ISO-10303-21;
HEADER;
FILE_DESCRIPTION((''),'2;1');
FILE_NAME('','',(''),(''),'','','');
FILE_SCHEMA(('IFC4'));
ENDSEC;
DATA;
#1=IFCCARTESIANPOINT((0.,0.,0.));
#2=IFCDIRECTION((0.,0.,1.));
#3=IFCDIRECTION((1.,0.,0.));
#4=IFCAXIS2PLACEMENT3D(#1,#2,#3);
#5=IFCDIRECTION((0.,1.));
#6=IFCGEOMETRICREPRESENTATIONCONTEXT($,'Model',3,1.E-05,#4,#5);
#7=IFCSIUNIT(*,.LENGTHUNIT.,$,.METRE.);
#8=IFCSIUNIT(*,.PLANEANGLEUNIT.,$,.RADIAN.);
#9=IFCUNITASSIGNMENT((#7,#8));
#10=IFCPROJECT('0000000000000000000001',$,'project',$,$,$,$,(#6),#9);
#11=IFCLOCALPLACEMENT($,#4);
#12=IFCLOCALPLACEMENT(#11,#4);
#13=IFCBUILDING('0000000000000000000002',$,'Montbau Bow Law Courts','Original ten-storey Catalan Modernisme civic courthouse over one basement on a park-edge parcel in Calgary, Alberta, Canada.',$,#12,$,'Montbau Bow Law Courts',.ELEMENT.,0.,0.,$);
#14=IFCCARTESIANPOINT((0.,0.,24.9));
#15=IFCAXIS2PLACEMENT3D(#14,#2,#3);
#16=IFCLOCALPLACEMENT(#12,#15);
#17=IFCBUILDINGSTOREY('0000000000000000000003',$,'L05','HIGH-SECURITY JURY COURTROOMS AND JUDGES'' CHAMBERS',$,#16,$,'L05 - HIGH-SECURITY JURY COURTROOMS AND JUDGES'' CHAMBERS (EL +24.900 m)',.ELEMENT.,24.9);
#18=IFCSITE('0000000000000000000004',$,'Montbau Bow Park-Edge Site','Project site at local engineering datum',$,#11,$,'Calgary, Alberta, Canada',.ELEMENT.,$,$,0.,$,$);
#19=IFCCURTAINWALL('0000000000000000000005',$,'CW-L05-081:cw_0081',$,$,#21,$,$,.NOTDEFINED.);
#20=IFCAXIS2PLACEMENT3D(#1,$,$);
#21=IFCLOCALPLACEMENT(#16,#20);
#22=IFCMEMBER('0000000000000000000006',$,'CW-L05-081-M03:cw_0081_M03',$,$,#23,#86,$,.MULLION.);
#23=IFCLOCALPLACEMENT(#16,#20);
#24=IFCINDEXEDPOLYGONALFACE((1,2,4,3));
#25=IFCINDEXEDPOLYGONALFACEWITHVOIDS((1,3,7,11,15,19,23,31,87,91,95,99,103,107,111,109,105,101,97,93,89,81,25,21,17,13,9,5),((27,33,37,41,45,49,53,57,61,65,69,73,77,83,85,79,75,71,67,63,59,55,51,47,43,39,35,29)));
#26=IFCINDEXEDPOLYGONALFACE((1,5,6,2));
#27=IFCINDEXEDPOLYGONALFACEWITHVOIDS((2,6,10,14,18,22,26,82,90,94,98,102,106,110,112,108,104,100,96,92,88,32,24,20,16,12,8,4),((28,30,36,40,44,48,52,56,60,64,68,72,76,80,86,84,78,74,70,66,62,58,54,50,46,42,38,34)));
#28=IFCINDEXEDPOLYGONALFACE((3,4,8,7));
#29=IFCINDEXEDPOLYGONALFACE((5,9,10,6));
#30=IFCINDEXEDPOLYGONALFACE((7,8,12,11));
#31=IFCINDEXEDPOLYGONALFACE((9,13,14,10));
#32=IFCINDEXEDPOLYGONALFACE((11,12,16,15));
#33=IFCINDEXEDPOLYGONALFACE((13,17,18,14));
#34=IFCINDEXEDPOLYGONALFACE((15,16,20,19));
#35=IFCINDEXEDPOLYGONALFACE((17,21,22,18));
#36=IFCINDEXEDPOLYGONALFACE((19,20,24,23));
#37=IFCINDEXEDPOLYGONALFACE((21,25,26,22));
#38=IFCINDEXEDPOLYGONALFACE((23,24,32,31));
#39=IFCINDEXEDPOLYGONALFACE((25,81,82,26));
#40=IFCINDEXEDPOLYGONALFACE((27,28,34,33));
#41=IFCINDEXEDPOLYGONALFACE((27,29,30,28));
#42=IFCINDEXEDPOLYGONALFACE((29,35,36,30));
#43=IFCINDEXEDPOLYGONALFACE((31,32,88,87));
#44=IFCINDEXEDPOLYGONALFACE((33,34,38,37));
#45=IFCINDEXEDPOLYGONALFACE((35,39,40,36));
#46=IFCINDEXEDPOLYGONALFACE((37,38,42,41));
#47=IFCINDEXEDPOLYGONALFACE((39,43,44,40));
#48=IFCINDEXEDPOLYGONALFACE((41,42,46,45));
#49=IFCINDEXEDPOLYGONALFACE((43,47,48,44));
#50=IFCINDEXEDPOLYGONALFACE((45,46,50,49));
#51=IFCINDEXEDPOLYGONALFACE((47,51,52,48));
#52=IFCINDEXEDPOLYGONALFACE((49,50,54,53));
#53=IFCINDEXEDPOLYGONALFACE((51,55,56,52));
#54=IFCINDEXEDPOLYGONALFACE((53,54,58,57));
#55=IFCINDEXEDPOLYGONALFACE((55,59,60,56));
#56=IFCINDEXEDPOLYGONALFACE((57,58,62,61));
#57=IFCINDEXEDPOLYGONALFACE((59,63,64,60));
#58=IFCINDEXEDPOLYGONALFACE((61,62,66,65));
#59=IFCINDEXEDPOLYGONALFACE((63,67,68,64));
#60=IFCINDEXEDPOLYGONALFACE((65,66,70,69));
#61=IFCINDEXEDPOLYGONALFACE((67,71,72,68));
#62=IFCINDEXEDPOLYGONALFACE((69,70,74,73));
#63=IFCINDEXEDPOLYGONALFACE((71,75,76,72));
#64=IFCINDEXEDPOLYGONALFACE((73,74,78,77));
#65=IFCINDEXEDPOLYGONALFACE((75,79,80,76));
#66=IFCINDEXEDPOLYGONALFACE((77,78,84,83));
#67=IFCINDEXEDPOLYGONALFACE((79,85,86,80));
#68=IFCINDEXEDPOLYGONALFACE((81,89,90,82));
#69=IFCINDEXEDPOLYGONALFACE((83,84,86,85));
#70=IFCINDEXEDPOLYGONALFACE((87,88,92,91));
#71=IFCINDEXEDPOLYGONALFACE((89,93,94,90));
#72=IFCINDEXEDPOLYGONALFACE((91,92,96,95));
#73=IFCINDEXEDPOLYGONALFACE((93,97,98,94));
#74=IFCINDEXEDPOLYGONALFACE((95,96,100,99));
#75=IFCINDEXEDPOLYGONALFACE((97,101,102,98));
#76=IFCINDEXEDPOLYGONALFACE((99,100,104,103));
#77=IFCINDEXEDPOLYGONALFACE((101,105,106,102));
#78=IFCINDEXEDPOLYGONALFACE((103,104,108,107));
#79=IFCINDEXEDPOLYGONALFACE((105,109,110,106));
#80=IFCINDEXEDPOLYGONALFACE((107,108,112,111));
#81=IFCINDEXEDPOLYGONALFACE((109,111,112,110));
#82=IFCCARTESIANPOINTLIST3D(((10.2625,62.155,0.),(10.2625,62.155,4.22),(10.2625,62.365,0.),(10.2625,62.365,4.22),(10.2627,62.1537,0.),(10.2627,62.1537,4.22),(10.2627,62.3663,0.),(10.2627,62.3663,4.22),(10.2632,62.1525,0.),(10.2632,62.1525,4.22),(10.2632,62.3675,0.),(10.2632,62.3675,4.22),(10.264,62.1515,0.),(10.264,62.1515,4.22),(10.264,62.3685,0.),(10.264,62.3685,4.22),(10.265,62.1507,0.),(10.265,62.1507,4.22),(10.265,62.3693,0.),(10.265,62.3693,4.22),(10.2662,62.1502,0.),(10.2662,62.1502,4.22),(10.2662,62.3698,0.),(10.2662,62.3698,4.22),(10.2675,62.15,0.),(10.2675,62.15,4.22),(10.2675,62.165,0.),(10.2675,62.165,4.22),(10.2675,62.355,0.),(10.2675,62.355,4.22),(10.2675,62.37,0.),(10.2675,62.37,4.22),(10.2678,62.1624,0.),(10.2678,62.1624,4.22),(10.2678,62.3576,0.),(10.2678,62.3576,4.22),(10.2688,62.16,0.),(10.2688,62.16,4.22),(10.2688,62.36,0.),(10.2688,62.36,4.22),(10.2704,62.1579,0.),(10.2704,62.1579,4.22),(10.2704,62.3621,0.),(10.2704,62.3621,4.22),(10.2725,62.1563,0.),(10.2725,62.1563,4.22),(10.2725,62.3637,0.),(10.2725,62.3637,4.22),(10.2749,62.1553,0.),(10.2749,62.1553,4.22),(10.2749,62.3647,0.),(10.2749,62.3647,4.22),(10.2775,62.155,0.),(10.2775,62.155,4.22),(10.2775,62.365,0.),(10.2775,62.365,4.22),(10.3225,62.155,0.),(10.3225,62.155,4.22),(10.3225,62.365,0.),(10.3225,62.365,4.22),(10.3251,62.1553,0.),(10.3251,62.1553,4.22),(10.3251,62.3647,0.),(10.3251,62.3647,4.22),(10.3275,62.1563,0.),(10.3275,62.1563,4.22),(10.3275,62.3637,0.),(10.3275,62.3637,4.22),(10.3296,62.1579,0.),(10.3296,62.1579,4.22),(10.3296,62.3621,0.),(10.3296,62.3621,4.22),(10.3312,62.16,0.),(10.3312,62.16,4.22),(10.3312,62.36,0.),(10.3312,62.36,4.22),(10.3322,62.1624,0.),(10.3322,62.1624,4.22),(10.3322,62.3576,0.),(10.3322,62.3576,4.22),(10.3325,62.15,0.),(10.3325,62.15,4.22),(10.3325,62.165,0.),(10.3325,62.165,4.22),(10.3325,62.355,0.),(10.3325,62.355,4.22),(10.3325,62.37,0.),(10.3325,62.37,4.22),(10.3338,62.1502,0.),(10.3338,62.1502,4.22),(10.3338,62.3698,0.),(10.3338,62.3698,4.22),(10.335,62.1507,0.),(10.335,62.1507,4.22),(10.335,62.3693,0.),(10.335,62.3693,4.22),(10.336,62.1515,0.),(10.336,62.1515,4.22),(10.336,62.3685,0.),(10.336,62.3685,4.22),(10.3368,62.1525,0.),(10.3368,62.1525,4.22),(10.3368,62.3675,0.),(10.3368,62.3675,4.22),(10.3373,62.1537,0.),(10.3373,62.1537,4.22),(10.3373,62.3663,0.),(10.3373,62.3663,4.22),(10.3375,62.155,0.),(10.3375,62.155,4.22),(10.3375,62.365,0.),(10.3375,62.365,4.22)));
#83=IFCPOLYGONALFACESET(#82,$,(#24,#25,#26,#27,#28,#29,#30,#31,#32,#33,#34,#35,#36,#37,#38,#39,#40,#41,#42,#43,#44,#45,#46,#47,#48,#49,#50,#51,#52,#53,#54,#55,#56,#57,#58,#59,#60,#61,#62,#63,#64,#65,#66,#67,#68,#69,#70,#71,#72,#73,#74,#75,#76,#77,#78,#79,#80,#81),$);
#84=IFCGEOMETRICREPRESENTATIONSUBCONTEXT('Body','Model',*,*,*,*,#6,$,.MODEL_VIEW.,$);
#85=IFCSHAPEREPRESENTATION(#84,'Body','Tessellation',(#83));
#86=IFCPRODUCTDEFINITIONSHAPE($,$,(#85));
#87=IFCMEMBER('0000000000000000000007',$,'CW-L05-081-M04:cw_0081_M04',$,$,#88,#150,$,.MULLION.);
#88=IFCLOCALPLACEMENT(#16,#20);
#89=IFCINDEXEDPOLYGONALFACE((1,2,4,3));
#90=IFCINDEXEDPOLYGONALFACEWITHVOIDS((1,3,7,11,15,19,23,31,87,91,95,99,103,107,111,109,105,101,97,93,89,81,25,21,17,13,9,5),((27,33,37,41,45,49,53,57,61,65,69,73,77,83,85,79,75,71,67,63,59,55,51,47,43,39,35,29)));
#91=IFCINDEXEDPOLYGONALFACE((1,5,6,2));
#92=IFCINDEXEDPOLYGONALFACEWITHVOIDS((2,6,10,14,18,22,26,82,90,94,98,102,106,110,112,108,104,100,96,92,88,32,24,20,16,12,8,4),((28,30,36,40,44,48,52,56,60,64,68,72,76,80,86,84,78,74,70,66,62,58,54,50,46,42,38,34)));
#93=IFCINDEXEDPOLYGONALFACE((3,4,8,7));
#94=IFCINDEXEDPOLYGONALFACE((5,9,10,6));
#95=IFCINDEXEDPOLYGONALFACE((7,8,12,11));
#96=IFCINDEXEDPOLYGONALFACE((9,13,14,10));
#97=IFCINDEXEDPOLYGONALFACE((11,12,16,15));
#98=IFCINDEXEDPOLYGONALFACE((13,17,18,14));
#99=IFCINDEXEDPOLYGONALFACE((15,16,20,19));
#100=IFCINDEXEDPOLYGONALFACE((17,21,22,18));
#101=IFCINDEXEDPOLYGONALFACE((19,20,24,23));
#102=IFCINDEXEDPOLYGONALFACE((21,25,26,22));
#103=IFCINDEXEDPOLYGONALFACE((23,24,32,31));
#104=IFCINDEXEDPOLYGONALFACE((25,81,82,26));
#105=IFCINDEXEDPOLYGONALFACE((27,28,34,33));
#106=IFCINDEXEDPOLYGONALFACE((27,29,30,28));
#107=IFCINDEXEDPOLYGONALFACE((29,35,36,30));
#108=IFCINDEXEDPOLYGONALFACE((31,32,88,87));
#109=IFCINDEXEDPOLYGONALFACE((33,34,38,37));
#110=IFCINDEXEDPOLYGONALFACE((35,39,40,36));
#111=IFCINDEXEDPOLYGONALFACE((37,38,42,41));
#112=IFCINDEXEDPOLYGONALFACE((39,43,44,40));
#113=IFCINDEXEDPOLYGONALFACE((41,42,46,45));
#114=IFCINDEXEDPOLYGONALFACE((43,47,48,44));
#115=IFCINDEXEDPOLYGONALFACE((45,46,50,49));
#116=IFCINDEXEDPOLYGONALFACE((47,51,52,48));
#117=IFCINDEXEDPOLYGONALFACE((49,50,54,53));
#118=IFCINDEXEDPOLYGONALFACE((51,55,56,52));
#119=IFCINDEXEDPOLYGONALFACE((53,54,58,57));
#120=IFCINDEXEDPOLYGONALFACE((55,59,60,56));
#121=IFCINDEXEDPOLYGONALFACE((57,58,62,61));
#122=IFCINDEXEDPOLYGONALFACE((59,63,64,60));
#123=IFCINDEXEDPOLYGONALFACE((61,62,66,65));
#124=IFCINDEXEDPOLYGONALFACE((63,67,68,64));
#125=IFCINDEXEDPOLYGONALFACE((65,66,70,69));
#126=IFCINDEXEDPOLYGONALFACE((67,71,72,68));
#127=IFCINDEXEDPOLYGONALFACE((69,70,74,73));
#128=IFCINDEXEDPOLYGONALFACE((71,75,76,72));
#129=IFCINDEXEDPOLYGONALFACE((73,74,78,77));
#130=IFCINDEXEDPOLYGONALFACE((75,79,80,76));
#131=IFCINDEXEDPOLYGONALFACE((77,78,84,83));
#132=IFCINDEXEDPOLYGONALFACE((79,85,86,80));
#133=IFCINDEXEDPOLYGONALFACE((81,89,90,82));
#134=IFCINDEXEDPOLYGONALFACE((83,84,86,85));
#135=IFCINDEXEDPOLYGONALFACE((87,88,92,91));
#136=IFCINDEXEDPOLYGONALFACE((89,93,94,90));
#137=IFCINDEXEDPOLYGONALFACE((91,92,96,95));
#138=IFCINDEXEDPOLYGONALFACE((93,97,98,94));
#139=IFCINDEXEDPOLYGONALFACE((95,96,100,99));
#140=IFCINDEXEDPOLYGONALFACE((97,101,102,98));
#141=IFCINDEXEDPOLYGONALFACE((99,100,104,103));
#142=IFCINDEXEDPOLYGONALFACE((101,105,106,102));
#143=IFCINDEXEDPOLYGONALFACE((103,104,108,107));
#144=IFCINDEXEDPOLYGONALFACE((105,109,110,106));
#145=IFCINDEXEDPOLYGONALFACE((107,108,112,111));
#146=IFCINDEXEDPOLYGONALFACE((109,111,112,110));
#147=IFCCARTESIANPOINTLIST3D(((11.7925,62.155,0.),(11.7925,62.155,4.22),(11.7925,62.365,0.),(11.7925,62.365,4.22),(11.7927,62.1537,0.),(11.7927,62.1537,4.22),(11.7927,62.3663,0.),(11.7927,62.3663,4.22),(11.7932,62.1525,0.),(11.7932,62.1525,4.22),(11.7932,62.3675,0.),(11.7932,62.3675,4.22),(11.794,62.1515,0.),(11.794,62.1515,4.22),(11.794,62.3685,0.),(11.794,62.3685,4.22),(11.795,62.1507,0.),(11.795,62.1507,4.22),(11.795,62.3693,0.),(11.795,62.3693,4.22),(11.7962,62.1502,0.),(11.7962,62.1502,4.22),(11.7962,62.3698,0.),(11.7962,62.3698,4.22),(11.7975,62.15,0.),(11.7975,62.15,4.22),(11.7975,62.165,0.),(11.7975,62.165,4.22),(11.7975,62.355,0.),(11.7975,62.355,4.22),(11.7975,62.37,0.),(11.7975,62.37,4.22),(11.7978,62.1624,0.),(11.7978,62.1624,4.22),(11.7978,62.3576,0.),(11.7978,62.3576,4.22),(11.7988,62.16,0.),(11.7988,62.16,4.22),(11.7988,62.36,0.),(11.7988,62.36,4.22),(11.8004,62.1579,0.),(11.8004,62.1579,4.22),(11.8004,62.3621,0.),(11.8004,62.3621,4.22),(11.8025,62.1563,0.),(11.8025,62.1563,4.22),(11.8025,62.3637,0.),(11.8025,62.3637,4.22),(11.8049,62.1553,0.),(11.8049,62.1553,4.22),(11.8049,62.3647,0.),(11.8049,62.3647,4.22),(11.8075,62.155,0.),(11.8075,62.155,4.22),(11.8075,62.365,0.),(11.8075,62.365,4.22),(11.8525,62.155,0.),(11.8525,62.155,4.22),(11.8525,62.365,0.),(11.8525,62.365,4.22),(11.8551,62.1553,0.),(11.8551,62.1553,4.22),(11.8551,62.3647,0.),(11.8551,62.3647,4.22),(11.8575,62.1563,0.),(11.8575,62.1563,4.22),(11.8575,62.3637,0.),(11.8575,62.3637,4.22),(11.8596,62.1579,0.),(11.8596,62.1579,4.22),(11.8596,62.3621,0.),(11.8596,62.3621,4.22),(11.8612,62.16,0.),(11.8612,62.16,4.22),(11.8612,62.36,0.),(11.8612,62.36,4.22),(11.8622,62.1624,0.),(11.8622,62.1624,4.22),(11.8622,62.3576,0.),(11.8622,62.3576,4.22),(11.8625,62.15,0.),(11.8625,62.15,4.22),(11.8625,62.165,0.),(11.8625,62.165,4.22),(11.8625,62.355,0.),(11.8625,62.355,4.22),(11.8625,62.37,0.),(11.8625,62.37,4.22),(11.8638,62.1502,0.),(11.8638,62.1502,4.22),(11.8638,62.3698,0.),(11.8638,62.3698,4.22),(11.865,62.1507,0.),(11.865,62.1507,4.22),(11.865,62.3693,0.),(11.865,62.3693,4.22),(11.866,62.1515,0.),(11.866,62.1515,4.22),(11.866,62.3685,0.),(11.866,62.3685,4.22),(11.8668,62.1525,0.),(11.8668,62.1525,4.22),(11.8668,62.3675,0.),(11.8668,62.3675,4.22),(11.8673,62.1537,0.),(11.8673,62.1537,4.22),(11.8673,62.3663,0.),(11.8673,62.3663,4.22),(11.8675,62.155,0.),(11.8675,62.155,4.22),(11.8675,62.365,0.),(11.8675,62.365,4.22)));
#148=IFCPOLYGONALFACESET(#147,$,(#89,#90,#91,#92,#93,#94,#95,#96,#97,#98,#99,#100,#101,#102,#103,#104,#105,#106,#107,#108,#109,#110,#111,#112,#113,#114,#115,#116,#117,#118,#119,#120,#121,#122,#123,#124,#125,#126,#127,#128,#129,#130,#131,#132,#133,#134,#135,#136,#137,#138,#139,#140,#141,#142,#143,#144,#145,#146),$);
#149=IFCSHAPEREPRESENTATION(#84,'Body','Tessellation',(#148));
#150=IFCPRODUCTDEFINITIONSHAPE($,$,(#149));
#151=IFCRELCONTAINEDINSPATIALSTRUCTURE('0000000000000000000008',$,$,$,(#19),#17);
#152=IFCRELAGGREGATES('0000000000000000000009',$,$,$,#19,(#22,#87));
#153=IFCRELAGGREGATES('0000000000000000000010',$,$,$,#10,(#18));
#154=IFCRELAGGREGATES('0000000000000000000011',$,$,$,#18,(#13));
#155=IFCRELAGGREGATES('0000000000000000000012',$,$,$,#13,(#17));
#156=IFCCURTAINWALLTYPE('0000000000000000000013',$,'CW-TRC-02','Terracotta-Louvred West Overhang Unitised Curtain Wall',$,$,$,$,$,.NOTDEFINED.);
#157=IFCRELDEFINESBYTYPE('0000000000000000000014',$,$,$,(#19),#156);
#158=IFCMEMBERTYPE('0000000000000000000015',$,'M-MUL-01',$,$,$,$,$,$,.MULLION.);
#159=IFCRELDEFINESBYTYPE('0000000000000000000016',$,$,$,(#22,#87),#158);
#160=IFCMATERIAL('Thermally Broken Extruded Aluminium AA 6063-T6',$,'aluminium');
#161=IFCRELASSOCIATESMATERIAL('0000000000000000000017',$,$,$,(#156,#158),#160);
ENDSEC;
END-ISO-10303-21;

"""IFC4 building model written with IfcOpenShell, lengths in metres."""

from ifc_helpers import new_model, si_unit, direction, frame, origin_with_axes, origin_2d_with_axis, place, context, subcontext, project, spatial, hollow_rectangle, extrude, material, material_profile, profile_set, type_object, element, aggregate, save


model = new_model("IFC4")

# Units and contexts
model_context = context("Model", 3, precision=1e-05, world=origin_with_axes(), true_north=direction((0.0, 1.0)))
body_context = subcontext(model_context, "Body", "Model", "MODEL_VIEW")
ifc_project = project(units=[si_unit("LENGTHUNIT", "METRE"), si_unit("PLANEANGLEUNIT", "RADIAN")], contexts=[model_context])

# Site, building, storey
site_placement = place(None, origin_with_axes())
site = spatial("IfcSite", under=ifc_project, at=site_placement, Name="Montbau Bow Park-Edge Site", Description="Project site at local engineering datum", LongName="Calgary, Alberta, Canada", CompositionType="ELEMENT", RefElevation=0.0)
building_placement = place(site_placement, origin_with_axes())
building = spatial("IfcBuilding", under=site, at=building_placement, Name="Montbau Bow Law Courts", Description="Original ten-storey Catalan Modernisme civic courthouse over one basement on a park-edge parcel in Calgary, Alberta, Canada.", LongName="Montbau Bow Law Courts", CompositionType="ELEMENT", ElevationOfRefHeight=0.0, ElevationOfTerrain=0.0)
storey_placement = place(building_placement, frame((0.0, 0.0, 24.9), z_axis=(0.0, 0.0, 1.0), x_axis=(1.0, 0.0, 0.0)))
storey = spatial("IfcBuildingStorey", under=building, at=storey_placement, Name="L05", Description="HIGH-SECURITY JURY COURTROOMS AND JUDGES' CHAMBERS", LongName="L05 - HIGH-SECURITY JURY COURTROOMS AND JUDGES' CHAMBERS (EL +24.900 m)", CompositionType="ELEMENT", Elevation=24.9)

# Curtain wall, members
ifc_material_1 = material(Name="Thermally Broken Extruded Aluminium AA 6063-T6", Category="aluminium")
curtain_wall_type = type_object("IfcCurtainWallType", Name="CW-TRC-02", Description="Terracotta-Louvred West Overhang Unitised Curtain Wall", PredefinedType="NOTDEFINED", material=ifc_material_1)
curtain_wall_1_placement = place(None, frame((7.24, 62.26, 24.9), z_axis=(0.0, 0.0, 1.0), x_axis=(1.0, 0.0, 0.0)))
curtain_wall_1 = element("IfcCurtainWall", 1, at=curtain_wall_1_placement, inside=storey, type_object=curtain_wall_type, Name="CW-L05-081:cw_0081", PredefinedType="NOTDEFINED")
ifc_material_profile_1 = material_profile(ifc_material_1, hollow_rectangle(XDim=0.075, YDim=0.22, WallThickness=0.005, InnerFilletRadius=0.01, OuterFilletRadius=0.005, at=origin_2d_with_axis()), Name="CWM-220X75", Category="Main", Priority=0)
ifc_profile_set_1 = profile_set([ifc_material_profile_1], Name="Thermally Broken Extruded Aluminium AA 6063-T6")
member_type_1 = type_object("IfcMemberType", Name="M-MUL-01", PredefinedType="MULLION", material=ifc_profile_set_1)
member_1_placement = place(None, frame((10.3, 62.26, 24.9), z_axis=(0.0, 0.0, 1.0), x_axis=(1.0, 0.0, 0.0)))
member_1 = element("IfcMember", 2, at=member_1_placement, type_object=member_type_1, Name="CW-L05-081-M03:cw_0081_M03", PredefinedType="MULLION", context=body_context, shape_type="SweptSolid", body=[
    extrude(hollow_rectangle(XDim=0.075, YDim=0.22, WallThickness=0.005, InnerFilletRadius=0.01, OuterFilletRadius=0.005, at=origin_2d_with_axis()), origin_with_axes(), (0.0, 0.0, 1.0), 4.22),
])
member_2_placement = place(None, frame((11.83, 62.26, 24.9), z_axis=(0.0, 0.0, 1.0), x_axis=(1.0, 0.0, 0.0)))
member_2 = element("IfcMember", 3, at=member_2_placement, type_object=member_type_1, Name="CW-L05-081-M04:cw_0081_M04", PredefinedType="MULLION", context=body_context, shape_type="SweptSolid", body=[
    extrude(hollow_rectangle(XDim=0.075, YDim=0.22, WallThickness=0.005, InnerFilletRadius=0.01, OuterFilletRadius=0.005, at=origin_2d_with_axis()), origin_with_axes(), (0.0, 0.0, 1.0), 4.22),
])
aggregate(curtain_wall_1, [member_1, member_2])

save(model, "model.ifc")
